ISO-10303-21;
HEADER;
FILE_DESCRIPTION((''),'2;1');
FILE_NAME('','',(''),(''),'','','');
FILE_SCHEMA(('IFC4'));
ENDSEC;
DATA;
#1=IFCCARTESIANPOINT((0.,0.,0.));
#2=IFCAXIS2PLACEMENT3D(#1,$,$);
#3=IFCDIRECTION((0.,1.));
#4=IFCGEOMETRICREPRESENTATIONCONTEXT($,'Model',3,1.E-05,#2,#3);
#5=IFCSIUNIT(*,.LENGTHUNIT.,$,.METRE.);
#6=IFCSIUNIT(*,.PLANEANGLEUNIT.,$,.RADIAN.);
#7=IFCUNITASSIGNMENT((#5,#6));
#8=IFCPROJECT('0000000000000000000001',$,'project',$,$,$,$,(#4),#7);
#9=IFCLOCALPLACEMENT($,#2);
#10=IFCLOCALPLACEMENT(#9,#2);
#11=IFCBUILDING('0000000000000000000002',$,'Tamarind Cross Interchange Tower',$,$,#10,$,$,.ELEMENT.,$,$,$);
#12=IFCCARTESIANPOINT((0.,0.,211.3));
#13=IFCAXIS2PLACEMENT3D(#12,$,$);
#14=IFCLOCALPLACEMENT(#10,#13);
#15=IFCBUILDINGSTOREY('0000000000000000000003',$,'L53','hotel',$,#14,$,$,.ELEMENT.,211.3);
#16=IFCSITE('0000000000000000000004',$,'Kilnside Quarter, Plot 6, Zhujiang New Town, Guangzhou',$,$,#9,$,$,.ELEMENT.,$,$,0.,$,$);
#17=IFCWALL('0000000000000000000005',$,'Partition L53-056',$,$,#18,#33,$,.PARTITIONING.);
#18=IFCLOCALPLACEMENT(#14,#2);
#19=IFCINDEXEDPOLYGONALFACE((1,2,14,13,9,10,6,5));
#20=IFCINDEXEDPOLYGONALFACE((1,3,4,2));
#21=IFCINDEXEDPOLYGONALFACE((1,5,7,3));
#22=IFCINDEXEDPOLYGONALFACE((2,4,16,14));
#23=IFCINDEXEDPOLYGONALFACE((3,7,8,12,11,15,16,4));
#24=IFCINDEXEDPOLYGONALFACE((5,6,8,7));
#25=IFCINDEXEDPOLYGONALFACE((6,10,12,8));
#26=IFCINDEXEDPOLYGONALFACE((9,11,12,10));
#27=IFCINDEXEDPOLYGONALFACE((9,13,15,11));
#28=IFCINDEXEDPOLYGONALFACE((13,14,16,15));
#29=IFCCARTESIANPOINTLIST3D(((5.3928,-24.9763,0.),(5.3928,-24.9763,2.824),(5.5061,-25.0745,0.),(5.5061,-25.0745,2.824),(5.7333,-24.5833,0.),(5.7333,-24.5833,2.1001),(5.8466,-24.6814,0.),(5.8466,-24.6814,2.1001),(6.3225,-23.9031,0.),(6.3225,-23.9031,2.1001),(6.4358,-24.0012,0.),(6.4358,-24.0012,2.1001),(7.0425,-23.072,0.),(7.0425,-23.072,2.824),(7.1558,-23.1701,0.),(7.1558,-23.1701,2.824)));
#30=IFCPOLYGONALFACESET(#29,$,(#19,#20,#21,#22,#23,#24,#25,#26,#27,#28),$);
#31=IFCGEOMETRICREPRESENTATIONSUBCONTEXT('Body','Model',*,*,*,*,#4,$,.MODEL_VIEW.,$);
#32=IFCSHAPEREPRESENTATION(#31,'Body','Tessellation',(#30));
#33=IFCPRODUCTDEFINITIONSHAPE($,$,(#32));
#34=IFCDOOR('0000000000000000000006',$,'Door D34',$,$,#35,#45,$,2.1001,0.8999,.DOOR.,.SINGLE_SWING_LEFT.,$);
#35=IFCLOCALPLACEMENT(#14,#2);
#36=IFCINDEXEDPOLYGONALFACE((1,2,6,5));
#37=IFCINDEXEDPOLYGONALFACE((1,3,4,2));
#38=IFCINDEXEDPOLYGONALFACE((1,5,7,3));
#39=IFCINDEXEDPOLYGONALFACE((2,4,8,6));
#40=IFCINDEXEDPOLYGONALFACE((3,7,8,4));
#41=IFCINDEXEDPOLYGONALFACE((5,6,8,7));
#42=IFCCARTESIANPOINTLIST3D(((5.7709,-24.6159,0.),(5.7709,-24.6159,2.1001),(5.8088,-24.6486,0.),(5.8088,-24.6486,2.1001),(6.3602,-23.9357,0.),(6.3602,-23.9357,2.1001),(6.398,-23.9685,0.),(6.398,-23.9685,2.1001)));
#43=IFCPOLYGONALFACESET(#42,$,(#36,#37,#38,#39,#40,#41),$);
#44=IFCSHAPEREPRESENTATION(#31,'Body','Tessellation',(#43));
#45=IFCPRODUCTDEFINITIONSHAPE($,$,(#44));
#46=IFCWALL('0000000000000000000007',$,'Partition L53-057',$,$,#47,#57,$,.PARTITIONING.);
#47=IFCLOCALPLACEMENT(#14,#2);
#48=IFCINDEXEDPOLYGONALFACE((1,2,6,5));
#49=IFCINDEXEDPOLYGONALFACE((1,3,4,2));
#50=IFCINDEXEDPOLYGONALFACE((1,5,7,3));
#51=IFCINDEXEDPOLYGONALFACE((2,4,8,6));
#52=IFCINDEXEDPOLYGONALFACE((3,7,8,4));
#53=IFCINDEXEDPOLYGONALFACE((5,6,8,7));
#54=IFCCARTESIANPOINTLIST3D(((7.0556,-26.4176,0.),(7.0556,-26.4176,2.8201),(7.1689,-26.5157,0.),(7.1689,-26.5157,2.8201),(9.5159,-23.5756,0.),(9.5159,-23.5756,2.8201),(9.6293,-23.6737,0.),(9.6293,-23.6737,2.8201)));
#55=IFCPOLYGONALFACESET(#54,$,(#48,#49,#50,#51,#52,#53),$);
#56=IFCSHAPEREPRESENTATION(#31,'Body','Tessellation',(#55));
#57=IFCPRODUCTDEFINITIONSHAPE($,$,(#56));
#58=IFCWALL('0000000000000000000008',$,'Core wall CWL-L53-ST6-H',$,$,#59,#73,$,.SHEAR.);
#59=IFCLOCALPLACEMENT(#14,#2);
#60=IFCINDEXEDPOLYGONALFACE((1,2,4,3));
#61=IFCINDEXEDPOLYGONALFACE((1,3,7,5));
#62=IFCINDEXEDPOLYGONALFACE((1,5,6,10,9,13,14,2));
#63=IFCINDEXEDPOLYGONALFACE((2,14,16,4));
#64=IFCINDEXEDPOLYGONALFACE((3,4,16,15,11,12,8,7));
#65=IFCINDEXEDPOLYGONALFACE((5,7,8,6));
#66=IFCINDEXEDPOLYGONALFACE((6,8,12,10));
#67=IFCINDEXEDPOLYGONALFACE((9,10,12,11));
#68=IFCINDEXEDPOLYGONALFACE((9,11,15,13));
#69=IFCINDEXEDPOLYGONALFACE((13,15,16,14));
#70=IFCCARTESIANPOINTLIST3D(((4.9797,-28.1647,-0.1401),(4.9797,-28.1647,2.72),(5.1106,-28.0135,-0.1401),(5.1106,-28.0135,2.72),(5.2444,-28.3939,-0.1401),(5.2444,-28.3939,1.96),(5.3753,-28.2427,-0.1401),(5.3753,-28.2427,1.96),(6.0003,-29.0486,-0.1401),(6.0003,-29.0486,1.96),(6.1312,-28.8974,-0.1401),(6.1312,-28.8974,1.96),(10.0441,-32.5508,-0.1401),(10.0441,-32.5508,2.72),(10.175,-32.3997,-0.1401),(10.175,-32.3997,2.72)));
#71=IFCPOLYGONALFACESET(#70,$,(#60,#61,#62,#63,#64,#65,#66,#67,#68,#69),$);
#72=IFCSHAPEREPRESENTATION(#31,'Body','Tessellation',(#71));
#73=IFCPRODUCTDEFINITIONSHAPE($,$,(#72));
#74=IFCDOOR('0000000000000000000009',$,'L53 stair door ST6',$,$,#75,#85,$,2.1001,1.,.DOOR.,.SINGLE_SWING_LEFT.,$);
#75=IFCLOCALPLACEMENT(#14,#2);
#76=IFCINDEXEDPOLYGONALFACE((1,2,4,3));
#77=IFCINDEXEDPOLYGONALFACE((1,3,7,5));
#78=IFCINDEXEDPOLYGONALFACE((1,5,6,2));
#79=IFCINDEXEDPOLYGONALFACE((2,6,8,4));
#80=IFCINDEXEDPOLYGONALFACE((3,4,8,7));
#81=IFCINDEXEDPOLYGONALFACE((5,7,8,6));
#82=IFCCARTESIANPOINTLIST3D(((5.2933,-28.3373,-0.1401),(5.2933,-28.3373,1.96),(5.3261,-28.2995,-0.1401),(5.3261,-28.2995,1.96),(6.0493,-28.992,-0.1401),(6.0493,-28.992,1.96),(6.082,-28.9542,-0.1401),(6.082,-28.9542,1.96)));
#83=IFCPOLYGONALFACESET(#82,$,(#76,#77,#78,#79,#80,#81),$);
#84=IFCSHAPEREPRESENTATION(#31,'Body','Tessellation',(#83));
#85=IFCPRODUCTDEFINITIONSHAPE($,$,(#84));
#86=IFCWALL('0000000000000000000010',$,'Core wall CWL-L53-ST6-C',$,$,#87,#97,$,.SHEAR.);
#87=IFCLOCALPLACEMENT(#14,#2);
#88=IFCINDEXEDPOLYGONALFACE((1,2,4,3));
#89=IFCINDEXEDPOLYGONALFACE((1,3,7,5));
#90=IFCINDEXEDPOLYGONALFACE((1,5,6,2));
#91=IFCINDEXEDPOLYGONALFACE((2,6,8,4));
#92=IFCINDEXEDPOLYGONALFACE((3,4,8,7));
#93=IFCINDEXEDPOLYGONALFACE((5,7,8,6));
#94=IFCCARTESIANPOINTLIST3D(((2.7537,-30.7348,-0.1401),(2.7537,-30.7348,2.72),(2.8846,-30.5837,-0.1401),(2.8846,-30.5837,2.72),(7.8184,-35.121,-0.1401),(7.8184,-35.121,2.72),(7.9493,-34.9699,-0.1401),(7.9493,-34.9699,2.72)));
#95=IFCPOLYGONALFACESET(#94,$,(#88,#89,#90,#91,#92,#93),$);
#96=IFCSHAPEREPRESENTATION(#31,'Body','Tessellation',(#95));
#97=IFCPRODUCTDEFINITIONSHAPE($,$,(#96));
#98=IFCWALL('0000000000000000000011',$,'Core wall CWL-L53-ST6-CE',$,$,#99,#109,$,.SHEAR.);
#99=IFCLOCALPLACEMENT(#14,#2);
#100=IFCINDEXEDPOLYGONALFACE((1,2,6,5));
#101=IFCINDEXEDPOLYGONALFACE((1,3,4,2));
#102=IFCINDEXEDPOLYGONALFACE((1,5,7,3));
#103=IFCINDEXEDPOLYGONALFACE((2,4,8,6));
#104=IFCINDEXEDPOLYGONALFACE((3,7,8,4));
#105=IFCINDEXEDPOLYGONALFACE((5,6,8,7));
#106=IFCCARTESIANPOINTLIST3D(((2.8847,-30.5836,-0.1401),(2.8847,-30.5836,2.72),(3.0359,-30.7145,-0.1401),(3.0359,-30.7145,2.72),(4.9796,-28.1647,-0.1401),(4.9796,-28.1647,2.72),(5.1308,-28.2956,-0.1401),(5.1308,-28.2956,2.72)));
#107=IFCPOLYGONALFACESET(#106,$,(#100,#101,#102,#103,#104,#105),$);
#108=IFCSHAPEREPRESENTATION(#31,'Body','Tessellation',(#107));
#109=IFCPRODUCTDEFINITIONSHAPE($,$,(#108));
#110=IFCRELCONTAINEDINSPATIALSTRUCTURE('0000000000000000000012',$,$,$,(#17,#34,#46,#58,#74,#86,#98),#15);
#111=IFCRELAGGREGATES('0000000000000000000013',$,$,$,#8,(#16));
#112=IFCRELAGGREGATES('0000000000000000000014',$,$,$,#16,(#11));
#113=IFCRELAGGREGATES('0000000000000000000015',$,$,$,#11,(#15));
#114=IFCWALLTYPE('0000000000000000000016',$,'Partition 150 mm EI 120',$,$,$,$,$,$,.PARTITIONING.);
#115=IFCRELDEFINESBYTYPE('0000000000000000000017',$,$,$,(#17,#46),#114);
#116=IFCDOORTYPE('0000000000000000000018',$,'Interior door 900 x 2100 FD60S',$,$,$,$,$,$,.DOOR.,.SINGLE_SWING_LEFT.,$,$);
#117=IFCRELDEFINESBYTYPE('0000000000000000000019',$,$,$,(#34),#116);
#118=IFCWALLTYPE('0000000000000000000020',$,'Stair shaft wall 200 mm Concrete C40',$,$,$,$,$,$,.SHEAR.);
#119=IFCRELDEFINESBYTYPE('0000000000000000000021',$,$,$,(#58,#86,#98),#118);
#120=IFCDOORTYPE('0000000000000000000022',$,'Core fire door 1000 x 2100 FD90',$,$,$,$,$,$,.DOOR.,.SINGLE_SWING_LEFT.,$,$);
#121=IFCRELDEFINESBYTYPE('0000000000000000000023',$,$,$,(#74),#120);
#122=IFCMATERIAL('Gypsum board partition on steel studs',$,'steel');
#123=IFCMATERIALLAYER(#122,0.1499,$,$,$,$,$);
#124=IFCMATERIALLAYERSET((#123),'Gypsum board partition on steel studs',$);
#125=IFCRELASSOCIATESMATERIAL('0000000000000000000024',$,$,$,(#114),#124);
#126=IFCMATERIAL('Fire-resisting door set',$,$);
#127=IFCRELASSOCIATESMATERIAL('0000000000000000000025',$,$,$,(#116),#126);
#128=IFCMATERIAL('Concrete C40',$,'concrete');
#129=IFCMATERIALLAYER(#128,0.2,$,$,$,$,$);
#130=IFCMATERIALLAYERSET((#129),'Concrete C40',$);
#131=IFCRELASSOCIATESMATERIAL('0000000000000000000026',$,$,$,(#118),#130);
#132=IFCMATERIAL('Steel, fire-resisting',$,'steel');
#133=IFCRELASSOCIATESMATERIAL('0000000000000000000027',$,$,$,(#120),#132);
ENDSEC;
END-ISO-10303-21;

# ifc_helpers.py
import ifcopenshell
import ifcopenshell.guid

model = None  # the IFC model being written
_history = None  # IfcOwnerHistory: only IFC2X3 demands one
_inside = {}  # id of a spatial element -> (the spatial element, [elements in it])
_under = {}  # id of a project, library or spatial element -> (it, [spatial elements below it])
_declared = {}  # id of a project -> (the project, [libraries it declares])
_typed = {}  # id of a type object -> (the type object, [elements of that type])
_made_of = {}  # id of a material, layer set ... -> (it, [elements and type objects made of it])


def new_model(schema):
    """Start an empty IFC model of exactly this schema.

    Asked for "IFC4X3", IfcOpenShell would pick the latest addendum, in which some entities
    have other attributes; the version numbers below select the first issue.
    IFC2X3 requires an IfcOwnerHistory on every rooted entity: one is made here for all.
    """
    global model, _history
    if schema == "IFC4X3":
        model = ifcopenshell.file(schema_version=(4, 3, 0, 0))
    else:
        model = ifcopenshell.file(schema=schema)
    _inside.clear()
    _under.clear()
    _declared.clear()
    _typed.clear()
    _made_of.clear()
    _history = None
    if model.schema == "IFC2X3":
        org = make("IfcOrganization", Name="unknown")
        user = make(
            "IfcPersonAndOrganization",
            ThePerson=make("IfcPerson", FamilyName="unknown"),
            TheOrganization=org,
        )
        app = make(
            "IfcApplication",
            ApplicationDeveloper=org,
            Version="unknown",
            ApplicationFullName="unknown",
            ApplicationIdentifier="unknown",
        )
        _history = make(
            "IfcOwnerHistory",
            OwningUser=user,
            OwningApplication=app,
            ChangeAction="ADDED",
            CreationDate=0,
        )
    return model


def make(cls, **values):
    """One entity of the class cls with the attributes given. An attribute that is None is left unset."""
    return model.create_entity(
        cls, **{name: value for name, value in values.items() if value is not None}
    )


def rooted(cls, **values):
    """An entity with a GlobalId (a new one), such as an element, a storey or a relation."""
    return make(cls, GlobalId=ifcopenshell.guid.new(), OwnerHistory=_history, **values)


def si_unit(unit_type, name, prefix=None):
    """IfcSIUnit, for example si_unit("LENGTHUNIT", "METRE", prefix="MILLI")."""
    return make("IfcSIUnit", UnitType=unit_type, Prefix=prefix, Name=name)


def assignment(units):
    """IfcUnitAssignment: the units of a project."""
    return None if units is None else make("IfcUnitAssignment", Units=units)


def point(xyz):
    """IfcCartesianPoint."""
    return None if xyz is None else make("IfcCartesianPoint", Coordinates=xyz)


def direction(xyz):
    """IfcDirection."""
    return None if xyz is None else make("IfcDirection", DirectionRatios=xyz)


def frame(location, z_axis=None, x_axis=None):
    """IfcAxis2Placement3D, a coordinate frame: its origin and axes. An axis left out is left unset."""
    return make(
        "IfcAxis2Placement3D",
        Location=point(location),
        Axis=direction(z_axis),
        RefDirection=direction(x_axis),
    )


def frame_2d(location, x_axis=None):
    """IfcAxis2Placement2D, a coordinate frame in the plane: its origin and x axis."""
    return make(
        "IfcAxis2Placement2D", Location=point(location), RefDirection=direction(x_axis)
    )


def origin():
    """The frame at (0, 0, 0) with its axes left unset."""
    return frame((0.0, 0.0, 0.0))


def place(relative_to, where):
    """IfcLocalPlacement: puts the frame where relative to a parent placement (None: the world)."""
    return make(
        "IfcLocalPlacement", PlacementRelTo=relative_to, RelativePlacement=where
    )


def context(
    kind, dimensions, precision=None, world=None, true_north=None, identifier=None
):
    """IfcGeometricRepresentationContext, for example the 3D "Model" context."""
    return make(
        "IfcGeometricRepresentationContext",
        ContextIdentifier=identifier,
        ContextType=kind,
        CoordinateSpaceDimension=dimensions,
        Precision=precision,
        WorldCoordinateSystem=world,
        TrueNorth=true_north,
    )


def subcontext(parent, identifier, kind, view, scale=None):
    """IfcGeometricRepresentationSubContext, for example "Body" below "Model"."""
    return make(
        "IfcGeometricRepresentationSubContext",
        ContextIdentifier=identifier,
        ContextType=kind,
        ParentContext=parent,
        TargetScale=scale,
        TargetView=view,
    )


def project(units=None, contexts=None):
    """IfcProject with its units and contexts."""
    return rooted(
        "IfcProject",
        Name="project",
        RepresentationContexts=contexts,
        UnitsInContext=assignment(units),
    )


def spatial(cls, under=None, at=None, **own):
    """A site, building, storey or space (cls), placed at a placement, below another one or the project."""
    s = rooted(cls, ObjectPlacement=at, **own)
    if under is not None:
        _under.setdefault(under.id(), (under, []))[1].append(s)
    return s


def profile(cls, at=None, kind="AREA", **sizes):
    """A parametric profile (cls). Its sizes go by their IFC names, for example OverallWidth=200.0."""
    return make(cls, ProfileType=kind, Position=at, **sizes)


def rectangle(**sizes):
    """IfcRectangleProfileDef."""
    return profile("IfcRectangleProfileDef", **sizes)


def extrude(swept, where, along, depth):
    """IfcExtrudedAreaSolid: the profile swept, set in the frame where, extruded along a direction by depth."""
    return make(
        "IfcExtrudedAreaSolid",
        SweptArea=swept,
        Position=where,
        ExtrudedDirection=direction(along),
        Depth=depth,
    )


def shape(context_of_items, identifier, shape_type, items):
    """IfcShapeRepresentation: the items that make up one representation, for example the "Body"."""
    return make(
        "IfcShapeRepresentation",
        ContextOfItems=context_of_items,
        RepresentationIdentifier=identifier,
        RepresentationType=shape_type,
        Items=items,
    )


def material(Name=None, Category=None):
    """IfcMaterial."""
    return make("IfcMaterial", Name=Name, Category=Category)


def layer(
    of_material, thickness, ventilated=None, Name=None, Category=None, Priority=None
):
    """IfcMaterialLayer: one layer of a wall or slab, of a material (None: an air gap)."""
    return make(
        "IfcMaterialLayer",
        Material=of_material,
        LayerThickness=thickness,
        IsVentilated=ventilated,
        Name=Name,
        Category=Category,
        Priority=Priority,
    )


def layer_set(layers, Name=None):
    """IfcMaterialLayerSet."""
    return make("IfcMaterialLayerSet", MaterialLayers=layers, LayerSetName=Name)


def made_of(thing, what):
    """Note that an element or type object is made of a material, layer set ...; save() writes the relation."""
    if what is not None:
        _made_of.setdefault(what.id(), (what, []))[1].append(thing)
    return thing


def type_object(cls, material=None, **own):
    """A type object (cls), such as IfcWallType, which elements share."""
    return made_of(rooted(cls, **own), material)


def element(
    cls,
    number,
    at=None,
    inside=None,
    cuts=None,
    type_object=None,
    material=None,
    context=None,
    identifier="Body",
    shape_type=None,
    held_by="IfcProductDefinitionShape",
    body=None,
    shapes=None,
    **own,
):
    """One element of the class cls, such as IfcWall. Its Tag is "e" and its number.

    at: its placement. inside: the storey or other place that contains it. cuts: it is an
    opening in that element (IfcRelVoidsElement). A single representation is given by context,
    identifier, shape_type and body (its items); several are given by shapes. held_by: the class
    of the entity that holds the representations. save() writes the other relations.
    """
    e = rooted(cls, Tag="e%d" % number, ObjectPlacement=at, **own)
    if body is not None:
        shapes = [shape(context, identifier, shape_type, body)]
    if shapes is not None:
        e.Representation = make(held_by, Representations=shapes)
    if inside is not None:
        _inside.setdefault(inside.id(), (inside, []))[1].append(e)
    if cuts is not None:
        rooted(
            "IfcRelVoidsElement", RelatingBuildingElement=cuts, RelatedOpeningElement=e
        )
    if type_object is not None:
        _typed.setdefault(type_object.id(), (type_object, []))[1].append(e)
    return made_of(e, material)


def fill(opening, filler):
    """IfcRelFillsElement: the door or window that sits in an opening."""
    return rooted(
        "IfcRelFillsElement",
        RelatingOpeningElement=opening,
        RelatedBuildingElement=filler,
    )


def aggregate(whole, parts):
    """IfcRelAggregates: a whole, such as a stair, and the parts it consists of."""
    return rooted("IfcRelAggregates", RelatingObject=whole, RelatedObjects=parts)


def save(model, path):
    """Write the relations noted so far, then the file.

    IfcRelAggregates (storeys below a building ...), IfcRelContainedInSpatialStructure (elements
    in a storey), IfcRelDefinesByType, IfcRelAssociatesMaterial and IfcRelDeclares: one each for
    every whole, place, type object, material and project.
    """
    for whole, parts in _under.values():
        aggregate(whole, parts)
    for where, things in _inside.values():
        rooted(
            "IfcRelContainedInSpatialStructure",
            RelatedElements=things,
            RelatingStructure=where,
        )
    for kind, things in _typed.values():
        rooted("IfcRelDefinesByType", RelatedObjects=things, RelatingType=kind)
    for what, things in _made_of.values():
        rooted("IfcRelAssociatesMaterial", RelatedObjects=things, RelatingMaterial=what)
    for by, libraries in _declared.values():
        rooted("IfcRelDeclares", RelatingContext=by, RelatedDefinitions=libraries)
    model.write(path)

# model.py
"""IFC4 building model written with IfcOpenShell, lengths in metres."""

from ifc_helpers import new_model, si_unit, direction, frame, frame_2d, origin, place, context, subcontext, project, spatial, rectangle, extrude, material, layer, layer_set, type_object, element, fill, save


model = new_model("IFC4")

# Units and contexts
model_context = context("Model", 3, precision=1e-05, world=origin(), true_north=direction((0.0, 1.0)))
body_context = subcontext(model_context, "Body", "Model", "MODEL_VIEW")
ifc_project = project(units=[si_unit("LENGTHUNIT", "METRE"), si_unit("PLANEANGLEUNIT", "RADIAN")], contexts=[model_context])

# Site, building, storey
site_placement = place(None, origin())
site = spatial("IfcSite", under=ifc_project, at=site_placement, Name="Kilnside Quarter, Plot 6, Zhujiang New Town, Guangzhou", CompositionType="ELEMENT", RefElevation=0.0)
building_placement = place(site_placement, origin())
building = spatial("IfcBuilding", under=site, at=building_placement, Name="Tamarind Cross Interchange Tower", CompositionType="ELEMENT")
storey_placement = place(building_placement, frame((0.0, 0.0, 211.3)))
storey = spatial("IfcBuildingStorey", under=building, at=storey_placement, Name="L53", Description="hotel", CompositionType="ELEMENT", Elevation=211.3)

# Shared definitions
ifc_material_1 = material(Name="Gypsum board partition on steel studs", Category="steel")
ifc_layer_1 = layer(ifc_material_1, 0.1499)
ifc_layer_set_1 = layer_set([ifc_layer_1], Name="Gypsum board partition on steel studs")
wall_type_1 = type_object("IfcWallType", Name="Partition 150 mm EI 120", PredefinedType="PARTITIONING", material=ifc_layer_set_1)
ifc_material_2 = material(Name="Fire-resisting door set")
door_type_1 = type_object("IfcDoorType", Name="Interior door 900 x 2100 FD60S", OperationType="SINGLE_SWING_LEFT", PredefinedType="DOOR", material=ifc_material_2)

# Wall, opening, door
wall_1_placement = place(storey_placement, frame((5.4495, -25.0254, 0.0), z_axis=(0.0, 0.0, 1.0), x_axis=(0.654765, 0.755833, 0.0)))
wall_1 = element("IfcWall", 1, at=wall_1_placement, inside=storey, type_object=wall_type_1, Name="Partition L53-056", PredefinedType="PARTITIONING", context=body_context, shape_type="SweptSolid", body=[
    extrude(rectangle(XDim=2.5195, YDim=0.1499, at=frame_2d((1.2598, 0.0))), origin(), (0.0, 0.0, 1.0), 2.824),
])
opening_1_placement = place(wall_1_placement, frame((0.52, 0.0, 0.0)))
opening_1 = element("IfcOpeningElement", 2, at=opening_1_placement, cuts=wall_1, PredefinedType="OPENING", context=body_context, shape_type="SweptSolid", body=[
    extrude(rectangle(XDim=0.8999, YDim=2.1001, at=frame_2d((0.45, 1.05))), frame((0.0, 0.085, 0.0), z_axis=(0.0, -1.0, 0.0), x_axis=(1.0, 0.0, 0.0)), (0.0, 0.0, 1.0), 0.1699),
])
door_1_placement = place(opening_1_placement, frame((0.8999, 0.0, 0.0), z_axis=(0.0, 0.0, 1.0), x_axis=(-1.0, 0.0, 0.0)))
door_1 = element("IfcDoor", 3, at=door_1_placement, inside=storey, type_object=door_type_1, Name="Door D34", OperationType="SINGLE_SWING_LEFT", OverallHeight=2.1001, OverallWidth=0.8999, PredefinedType="DOOR", context=body_context, shape_type="SweptSolid", body=[
    extrude(rectangle(XDim=0.8999, YDim=2.1001, at=frame_2d((0.45, 1.05))), frame((0.0, 0.0249, 0.0), z_axis=(0.0, -1.0, 0.0), x_axis=(1.0, 0.0, 0.0)), (0.0, 0.0, 1.0), 0.05),
])
fill(opening_1, door_1)

# Wall
wall_2_placement = place(storey_placement, frame((7.1123, -26.4666, 0.0), z_axis=(0.0, 0.0, 1.0), x_axis=(0.654527, 0.756038, 0.0)))
element("IfcWall", 4, at=wall_2_placement, inside=storey, type_object=wall_type_1, Name="Partition L53-057", PredefinedType="PARTITIONING", context=body_context, shape_type="SweptSolid", body=[
    extrude(rectangle(XDim=3.759, YDim=0.1499, at=frame_2d((1.8794, 0.0))), origin(), (0.0, 0.0, 1.0), 2.8201),
])

# Wall, opening, door
ifc_material_3 = material(Name="Concrete C40", Category="concrete")
ifc_layer_2 = layer(ifc_material_3, 0.2)
ifc_layer_set_2 = layer_set([ifc_layer_2], Name="Concrete C40")
wall_type_2 = type_object("IfcWallType", Name="Stair shaft wall 200 mm Concrete C40", PredefinedType="SHEAR", material=ifc_layer_set_2)
wall_3_placement = place(storey_placement, frame((5.0452, -28.0891, -0.1401), z_axis=(0.0, 0.0, 1.0), x_axis=(0.755908, -0.654678, 0.0)))
wall_3 = element("IfcWall", 5, at=wall_3_placement, inside=storey, type_object=wall_type_2, Name="Core wall CWL-L53-ST6-H", PredefinedType="SHEAR", context=body_context, shape_type="SweptSolid", body=[
    extrude(rectangle(XDim=6.6997, YDim=0.2, at=frame_2d((3.3499, 0.0))), origin(), (0.0, 0.0, 1.0), 2.8601),
])
opening_2_placement = place(wall_3_placement, frame((0.3501, 0.0, 0.0)))
opening_2 = element("IfcOpeningElement", 6, at=opening_2_placement, cuts=wall_3, PredefinedType="OPENING", context=body_context, shape_type="SweptSolid", body=[
    extrude(rectangle(XDim=1.0, YDim=2.1001, at=frame_2d((0.5, 1.05))), frame((0.0, 0.1099, 0.0), z_axis=(0.0, -1.0, 0.0), x_axis=(1.0, 0.0, 0.0)), (0.0, 0.0, 1.0), 0.22),
])
ifc_material_4 = material(Name="Steel, fire-resisting", Category="steel")
door_type_2 = type_object("IfcDoorType", Name="Core fire door 1000 x 2100 FD90", OperationType="SINGLE_SWING_LEFT", PredefinedType="DOOR", material=ifc_material_4)
door_2_placement = place(opening_2_placement, origin())
door_2 = element("IfcDoor", 7, at=door_2_placement, inside=storey, type_object=door_type_2, Name="L53 stair door ST6", OperationType="SINGLE_SWING_LEFT", OverallHeight=2.1001, OverallWidth=1.0, PredefinedType="DOOR", context=body_context, shape_type="SweptSolid", body=[
    extrude(rectangle(XDim=1.0, YDim=2.1001, at=frame_2d((0.5, 1.05))), frame((0.0, 0.0249, 0.0), z_axis=(0.0, -1.0, 0.0), x_axis=(1.0, 0.0, 0.0)), (0.0, 0.0, 1.0), 0.05),
])
fill(opening_2, door_2)

# Walls
wall_4_placement = place(storey_placement, frame((2.8191, -30.6592, -0.1401), z_axis=(0.0, 0.0, 1.0), x_axis=(0.755923, -0.65466, 0.0)))
element("IfcWall", 8, at=wall_4_placement, inside=storey, type_object=wall_type_2, Name="Core wall CWL-L53-ST6-C", PredefinedType="SHEAR", context=body_context, shape_type="SweptSolid", body=[
    extrude(rectangle(XDim=6.7, YDim=0.2, at=frame_2d((3.3501, 0.0))), origin(), (0.0, 0.0, 1.0), 2.8601),
])
wall_5_placement = place(storey_placement, frame((2.9602, -30.6492, -0.1401), z_axis=(0.0, 0.0, 1.0), x_axis=(0.654672, 0.755913, 0.0)))
element("IfcWall", 9, at=wall_5_placement, inside=storey, type_object=wall_type_2, Name="Core wall CWL-L53-ST6-CE", PredefinedType="SHEAR", context=body_context, shape_type="SweptSolid", body=[
    extrude(rectangle(XDim=3.2, YDim=0.2, at=frame_2d((1.6001, 0.0))), origin(), (0.0, 0.0, 1.0), 2.8601),
])

save(model, "model.ifc")
